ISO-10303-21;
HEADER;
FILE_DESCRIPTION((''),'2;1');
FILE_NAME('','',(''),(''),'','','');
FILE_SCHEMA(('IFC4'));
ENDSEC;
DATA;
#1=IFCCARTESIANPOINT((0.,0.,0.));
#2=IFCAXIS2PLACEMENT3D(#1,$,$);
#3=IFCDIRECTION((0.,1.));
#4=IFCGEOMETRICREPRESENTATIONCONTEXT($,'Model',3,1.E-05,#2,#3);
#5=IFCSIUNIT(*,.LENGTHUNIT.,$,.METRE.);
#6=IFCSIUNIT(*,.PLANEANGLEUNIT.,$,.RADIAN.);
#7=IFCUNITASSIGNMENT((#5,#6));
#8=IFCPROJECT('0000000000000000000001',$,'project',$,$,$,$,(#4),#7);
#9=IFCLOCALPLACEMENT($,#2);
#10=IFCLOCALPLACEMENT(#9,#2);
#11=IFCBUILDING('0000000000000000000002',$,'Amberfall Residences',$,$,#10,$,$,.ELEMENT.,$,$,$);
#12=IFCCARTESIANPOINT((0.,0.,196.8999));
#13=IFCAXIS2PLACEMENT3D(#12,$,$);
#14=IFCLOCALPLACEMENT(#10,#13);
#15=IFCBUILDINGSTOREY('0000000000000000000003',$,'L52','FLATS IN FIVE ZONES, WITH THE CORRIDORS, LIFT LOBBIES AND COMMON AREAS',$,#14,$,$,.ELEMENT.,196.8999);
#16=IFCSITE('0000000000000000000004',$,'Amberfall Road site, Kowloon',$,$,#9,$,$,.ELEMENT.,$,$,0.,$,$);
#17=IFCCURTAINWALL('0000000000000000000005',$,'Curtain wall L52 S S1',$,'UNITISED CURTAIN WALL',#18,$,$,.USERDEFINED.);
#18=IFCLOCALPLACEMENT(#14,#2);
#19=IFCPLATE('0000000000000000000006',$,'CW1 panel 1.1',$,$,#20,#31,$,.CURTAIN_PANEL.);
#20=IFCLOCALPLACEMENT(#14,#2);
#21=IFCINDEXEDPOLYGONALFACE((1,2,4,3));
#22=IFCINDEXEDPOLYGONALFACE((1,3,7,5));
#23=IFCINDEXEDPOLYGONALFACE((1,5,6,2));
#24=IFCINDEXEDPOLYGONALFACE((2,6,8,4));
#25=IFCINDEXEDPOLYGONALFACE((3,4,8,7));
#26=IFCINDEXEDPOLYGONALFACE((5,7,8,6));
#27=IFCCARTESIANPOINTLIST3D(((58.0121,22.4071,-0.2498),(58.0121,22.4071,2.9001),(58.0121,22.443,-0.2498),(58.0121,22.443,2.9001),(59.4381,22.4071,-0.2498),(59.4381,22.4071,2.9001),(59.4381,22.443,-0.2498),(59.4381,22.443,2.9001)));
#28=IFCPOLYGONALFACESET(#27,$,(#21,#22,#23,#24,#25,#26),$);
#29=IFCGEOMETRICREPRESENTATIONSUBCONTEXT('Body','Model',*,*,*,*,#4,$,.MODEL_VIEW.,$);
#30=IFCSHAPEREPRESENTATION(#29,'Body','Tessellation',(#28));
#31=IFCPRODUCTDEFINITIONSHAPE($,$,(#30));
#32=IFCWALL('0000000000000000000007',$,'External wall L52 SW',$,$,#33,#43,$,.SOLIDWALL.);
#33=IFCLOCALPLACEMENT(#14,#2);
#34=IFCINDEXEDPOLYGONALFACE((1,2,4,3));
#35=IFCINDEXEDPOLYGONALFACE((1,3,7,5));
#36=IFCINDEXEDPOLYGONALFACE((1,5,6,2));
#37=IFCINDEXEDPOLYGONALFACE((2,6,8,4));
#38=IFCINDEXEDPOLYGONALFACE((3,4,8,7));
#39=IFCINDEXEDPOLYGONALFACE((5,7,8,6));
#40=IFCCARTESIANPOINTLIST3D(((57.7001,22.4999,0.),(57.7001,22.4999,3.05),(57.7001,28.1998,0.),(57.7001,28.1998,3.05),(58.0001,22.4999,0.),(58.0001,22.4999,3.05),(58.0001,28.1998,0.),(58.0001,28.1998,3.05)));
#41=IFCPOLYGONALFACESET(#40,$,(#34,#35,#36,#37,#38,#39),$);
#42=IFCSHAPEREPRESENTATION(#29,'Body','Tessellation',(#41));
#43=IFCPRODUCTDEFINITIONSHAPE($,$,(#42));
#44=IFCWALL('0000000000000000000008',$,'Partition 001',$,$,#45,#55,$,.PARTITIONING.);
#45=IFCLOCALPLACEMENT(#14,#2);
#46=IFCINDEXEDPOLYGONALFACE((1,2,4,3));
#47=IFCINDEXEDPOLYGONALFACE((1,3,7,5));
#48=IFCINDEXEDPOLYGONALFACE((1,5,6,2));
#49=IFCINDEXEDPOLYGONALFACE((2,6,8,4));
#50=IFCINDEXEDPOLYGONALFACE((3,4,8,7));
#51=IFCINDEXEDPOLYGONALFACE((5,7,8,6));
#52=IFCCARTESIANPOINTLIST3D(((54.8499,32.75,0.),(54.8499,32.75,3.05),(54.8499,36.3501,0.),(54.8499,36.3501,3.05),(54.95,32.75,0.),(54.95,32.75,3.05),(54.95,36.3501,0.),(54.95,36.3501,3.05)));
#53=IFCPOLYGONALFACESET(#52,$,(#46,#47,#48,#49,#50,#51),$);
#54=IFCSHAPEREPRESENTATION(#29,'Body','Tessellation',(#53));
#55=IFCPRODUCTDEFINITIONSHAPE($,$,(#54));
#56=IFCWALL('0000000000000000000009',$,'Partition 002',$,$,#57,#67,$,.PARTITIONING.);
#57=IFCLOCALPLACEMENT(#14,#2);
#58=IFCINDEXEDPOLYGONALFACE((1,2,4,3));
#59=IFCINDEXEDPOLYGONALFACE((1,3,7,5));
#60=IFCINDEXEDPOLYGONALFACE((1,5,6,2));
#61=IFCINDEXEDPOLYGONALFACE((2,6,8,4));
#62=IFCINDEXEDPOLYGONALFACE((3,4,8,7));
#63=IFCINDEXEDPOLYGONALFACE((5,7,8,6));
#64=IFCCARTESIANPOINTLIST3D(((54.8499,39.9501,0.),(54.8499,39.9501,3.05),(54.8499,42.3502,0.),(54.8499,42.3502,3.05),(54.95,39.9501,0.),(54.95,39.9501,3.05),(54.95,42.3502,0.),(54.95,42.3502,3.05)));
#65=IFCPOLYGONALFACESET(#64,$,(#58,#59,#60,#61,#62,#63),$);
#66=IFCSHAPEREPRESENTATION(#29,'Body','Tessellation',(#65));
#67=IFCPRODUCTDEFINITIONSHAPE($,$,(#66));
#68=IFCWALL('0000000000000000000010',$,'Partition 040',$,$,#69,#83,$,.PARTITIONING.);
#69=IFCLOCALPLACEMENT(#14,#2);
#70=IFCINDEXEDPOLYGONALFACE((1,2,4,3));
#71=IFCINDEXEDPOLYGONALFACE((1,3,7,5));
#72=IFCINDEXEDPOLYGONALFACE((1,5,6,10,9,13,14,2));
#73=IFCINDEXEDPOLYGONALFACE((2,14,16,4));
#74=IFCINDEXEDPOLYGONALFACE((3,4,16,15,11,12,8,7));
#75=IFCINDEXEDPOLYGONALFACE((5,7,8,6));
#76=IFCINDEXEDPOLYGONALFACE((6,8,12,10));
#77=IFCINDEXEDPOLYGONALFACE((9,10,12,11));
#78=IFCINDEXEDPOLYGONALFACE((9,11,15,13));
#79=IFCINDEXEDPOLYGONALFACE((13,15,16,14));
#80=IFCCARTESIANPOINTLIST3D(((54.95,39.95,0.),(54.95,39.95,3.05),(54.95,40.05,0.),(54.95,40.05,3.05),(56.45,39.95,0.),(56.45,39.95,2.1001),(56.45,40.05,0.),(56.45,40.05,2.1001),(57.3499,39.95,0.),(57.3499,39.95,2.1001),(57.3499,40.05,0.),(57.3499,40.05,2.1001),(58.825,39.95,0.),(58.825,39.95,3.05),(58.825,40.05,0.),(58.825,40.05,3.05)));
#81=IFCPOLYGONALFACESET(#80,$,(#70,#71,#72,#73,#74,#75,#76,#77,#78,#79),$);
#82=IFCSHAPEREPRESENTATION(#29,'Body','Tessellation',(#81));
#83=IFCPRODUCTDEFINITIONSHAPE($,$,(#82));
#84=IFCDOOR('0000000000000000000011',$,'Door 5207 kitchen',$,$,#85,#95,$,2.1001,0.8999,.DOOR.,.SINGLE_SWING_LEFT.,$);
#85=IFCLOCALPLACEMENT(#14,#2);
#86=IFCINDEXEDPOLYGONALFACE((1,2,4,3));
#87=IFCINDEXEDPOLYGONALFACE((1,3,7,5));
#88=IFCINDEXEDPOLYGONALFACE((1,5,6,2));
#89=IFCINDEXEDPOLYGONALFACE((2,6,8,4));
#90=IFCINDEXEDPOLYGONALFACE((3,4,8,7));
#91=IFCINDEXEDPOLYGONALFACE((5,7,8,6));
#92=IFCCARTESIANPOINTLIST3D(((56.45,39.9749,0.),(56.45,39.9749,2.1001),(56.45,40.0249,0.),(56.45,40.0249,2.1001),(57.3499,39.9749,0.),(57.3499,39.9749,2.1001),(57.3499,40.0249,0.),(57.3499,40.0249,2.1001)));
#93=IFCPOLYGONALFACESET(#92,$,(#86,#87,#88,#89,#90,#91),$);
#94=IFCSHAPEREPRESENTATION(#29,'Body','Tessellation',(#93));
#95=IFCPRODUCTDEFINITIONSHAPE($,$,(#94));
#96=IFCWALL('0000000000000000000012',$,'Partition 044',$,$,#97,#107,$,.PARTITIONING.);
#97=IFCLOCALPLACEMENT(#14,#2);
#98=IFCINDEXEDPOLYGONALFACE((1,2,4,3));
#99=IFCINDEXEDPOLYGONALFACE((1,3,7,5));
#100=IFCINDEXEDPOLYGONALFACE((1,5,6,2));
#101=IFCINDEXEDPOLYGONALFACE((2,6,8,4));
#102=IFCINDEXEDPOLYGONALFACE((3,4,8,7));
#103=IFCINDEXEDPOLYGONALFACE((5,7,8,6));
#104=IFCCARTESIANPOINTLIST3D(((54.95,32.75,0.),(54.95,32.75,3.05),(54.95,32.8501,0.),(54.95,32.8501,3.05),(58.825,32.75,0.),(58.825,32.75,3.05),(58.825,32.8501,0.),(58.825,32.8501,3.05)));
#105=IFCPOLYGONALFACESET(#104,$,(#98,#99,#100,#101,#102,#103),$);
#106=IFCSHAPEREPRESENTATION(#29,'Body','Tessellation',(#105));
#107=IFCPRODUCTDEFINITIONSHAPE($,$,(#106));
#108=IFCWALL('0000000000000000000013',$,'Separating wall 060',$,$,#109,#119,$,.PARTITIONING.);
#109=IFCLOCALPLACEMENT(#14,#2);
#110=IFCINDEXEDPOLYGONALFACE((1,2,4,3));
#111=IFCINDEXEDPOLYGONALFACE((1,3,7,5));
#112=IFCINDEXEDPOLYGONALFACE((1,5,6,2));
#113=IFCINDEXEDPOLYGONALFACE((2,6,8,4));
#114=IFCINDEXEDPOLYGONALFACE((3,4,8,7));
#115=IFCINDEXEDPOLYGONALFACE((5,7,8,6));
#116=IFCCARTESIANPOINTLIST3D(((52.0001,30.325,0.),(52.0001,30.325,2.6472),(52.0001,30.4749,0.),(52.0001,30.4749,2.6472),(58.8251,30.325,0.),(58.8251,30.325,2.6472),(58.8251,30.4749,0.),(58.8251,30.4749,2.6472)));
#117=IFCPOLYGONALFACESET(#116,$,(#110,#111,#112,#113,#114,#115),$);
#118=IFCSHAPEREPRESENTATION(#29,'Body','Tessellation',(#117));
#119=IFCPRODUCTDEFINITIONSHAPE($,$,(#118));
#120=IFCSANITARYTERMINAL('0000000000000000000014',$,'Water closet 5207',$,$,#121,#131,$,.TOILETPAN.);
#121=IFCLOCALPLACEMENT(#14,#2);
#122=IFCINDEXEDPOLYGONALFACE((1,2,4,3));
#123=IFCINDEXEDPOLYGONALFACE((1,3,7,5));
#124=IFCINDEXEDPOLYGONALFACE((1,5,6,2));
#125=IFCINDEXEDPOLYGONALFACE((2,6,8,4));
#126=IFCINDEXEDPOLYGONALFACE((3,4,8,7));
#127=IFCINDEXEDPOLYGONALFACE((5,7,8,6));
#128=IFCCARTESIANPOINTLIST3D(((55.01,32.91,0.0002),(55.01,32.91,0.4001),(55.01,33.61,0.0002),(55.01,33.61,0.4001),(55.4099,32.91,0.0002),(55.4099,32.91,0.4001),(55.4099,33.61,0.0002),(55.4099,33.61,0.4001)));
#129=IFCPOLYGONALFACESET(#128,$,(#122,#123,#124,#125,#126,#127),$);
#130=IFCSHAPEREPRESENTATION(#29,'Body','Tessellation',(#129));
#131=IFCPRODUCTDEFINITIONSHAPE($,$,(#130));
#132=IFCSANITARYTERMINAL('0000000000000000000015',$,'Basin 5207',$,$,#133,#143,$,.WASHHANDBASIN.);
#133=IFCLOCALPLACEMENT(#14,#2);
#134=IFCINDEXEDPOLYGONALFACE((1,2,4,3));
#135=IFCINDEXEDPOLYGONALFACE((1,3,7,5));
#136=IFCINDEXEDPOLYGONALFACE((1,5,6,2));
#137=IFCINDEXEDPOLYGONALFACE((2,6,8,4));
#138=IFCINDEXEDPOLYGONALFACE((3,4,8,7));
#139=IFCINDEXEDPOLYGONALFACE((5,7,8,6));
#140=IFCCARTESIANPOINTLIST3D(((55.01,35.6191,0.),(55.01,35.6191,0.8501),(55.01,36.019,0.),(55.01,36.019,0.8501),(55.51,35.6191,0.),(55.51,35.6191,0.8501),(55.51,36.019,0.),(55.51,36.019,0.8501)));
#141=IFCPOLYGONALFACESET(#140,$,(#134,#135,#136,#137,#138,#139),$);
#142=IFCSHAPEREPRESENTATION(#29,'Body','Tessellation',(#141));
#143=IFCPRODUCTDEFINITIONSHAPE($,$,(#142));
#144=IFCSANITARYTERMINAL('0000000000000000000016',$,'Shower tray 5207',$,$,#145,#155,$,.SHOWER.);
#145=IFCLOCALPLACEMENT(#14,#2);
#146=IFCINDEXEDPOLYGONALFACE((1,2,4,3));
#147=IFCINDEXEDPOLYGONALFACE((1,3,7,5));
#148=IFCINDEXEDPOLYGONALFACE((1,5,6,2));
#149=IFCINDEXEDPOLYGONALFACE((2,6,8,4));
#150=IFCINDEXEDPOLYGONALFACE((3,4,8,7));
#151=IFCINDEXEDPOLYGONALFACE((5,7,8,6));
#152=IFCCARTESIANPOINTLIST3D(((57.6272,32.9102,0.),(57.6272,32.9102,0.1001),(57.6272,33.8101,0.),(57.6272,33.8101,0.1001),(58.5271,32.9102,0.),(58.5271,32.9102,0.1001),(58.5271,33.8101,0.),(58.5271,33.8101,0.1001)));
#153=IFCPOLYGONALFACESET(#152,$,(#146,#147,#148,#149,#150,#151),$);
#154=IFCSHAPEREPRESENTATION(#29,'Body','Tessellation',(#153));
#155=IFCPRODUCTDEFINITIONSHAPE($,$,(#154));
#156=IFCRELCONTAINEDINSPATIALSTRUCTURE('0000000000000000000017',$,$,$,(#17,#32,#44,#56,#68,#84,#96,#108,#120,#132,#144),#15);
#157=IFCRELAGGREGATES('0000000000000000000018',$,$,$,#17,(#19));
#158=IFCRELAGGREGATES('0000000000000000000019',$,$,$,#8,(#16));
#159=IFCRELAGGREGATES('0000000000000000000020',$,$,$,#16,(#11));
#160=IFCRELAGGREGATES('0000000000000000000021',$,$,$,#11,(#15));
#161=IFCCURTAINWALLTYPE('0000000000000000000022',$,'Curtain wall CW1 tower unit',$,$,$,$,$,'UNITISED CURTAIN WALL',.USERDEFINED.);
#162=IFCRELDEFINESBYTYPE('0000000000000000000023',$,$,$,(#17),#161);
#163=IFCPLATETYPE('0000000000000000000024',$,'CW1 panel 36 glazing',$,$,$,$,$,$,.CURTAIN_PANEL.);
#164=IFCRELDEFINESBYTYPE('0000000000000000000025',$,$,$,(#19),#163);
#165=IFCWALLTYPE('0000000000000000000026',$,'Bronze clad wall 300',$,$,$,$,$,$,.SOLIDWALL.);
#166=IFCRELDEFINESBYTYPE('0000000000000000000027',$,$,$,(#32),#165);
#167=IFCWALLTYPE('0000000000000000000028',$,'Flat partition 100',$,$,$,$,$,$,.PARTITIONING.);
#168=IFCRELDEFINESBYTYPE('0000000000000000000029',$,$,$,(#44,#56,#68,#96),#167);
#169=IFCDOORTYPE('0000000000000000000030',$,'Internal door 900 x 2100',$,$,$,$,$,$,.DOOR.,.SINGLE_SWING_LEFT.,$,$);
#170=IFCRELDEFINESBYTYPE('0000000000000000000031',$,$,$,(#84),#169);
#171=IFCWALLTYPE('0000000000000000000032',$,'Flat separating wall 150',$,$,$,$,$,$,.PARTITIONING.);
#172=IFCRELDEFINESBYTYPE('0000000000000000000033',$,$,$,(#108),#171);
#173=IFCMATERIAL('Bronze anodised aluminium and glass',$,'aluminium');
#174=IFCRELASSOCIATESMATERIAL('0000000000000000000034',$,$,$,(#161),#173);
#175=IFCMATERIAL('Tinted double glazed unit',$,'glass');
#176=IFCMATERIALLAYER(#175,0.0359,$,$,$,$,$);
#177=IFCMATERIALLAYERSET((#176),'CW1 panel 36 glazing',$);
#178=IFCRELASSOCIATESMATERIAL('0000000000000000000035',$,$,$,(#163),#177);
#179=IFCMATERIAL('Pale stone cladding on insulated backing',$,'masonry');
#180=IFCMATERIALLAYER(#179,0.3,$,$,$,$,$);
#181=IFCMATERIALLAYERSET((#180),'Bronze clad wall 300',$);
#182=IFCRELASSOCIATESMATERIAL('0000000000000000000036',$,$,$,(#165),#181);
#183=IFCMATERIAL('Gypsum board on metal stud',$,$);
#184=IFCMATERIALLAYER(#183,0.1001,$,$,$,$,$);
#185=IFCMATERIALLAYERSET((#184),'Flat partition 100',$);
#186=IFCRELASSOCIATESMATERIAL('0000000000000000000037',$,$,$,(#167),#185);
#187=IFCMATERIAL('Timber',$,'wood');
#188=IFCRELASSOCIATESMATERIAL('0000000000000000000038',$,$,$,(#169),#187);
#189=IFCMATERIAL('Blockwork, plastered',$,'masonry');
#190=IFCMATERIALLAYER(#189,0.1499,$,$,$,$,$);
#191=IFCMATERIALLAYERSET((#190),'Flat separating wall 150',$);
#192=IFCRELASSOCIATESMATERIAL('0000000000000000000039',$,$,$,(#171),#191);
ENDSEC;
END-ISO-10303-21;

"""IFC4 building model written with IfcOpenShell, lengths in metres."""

from ifc_helpers import new_model, si_unit, direction, frame, frame_2d, origin, origin_2d, place, context, subcontext, project, spatial, rectangle, extrude, material, layer, layer_set, type_object, element, fill, aggregate, save


model = new_model("IFC4")

# Units and contexts
model_context = context("Model", 3, precision=1e-05, world=origin(), true_north=direction((0.0, 1.0)))
body_context = subcontext(model_context, "Body", "Model", "MODEL_VIEW")
ifc_project = project(units=[si_unit("LENGTHUNIT", "METRE"), si_unit("PLANEANGLEUNIT", "RADIAN")], contexts=[model_context])

# Site, building, storey
site_placement = place(None, origin())
site = spatial("IfcSite", under=ifc_project, at=site_placement, Name="Amberfall Road site, Kowloon", CompositionType="ELEMENT", RefElevation=0.0)
building_placement = place(site_placement, origin())
building = spatial("IfcBuilding", under=site, at=building_placement, Name="Amberfall Residences", CompositionType="ELEMENT")
storey_placement = place(building_placement, frame((0.0, 0.0, 196.8999)))
storey = spatial("IfcBuildingStorey", under=building, at=storey_placement, Name="L52", Description="FLATS IN FIVE ZONES, WITH THE CORRIDORS, LIFT LOBBIES AND COMMON AREAS", CompositionType="ELEMENT", Elevation=196.8999)

# Curtain wall
ifc_material_1 = material(Name="Bronze anodised aluminium and glass", Category="aluminium")
curtain_wall_type = type_object("IfcCurtainWallType", Name="Curtain wall CW1 tower unit", ElementType="UNITISED CURTAIN WALL", PredefinedType="USERDEFINED", material=ifc_material_1)
curtain_wall_placement = place(storey_placement, origin())
curtain_wall = element("IfcCurtainWall", 1, at=curtain_wall_placement, inside=storey, type_object=curtain_wall_type, Name="Curtain wall L52 S S1", ObjectType="UNITISED CURTAIN WALL", PredefinedType="USERDEFINED")

# Plate
ifc_material_2 = material(Name="Tinted double glazed unit", Category="glass")
ifc_layer_1 = layer(ifc_material_2, 0.0359)
ifc_layer_set_1 = layer_set([ifc_layer_1], Name="CW1 panel 36 glazing")
plate_type = type_object("IfcPlateType", Name="CW1 panel 36 glazing", PredefinedType="CURTAIN_PANEL", material=ifc_layer_set_1)
plate_placement = place(storey_placement, frame((58.7251, 22.425, -0.2498), z_axis=(0.0, 0.0, 1.0), x_axis=(1.0, 0.0, 0.0)))
plate = element("IfcPlate", 2, at=plate_placement, type_object=plate_type, Name="CW1 panel 1.1", PredefinedType="CURTAIN_PANEL", context=body_context, shape_type="SweptSolid", body=[
    extrude(rectangle(XDim=1.426, YDim=0.0359, at=origin_2d()), origin(), (0.0, 0.0, 1.0), 3.1499),
])
aggregate(curtain_wall, [plate])

# Walls
ifc_material_3 = material(Name="Pale stone cladding on insulated backing", Category="masonry")
ifc_layer_2 = layer(ifc_material_3, 0.3)
ifc_layer_set_2 = layer_set([ifc_layer_2], Name="Bronze clad wall 300")
wall_type_1 = type_object("IfcWallType", Name="Bronze clad wall 300", PredefinedType="SOLIDWALL", material=ifc_layer_set_2)
wall_1_placement = place(storey_placement, frame((57.8501, 28.2, 0.0), z_axis=(0.0, 0.0, 1.0), x_axis=(0.0, -1.0, 0.0)))
element("IfcWall", 3, at=wall_1_placement, inside=storey, type_object=wall_type_1, Name="External wall L52 SW", PredefinedType="SOLIDWALL", context=body_context, shape_type="SweptSolid", body=[
    extrude(rectangle(XDim=5.7, YDim=0.3, at=frame_2d((2.8501, 0.0))), origin(), (0.0, 0.0, 1.0), 3.05),
])
ifc_material_4 = material(Name="Gypsum board on metal stud")
ifc_layer_3 = layer(ifc_material_4, 0.1001)
ifc_layer_set_3 = layer_set([ifc_layer_3], Name="Flat partition 100")
wall_type_2 = type_object("IfcWallType", Name="Flat partition 100", PredefinedType="PARTITIONING", material=ifc_layer_set_3)
wall_2_placement = place(storey_placement, frame((54.8999, 32.75, 0.0), z_axis=(0.0, 0.0, 1.0), x_axis=(0.0, 1.0, 0.0)))
element("IfcWall", 4, at=wall_2_placement, inside=storey, type_object=wall_type_2, Name="Partition 001", PredefinedType="PARTITIONING", context=body_context, shape_type="SweptSolid", body=[
    extrude(rectangle(XDim=3.6001, YDim=0.1001, at=frame_2d((1.8, 0.0))), origin(), (0.0, 0.0, 1.0), 3.05),
])
wall_3_placement = place(storey_placement, frame((54.8999, 39.95, 0.0), z_axis=(0.0, 0.0, 1.0), x_axis=(0.0, 1.0, 0.0)))
element("IfcWall", 5, at=wall_3_placement, inside=storey, type_object=wall_type_2, Name="Partition 002", PredefinedType="PARTITIONING", context=body_context, shape_type="SweptSolid", body=[
    extrude(rectangle(XDim=2.4001, YDim=0.1001, at=frame_2d((1.2002, 0.0))), origin(), (0.0, 0.0, 1.0), 3.05),
])

# Wall, opening, door
wall_4_placement = place(storey_placement, frame((54.95, 40.0, 0.0), z_axis=(0.0, 0.0, 1.0), x_axis=(1.0, 0.0, 0.0)))
wall_4 = element("IfcWall", 6, at=wall_4_placement, inside=storey, type_object=wall_type_2, Name="Partition 040", PredefinedType="PARTITIONING", context=body_context, shape_type="SweptSolid", body=[
    extrude(rectangle(XDim=3.875, YDim=0.1001, at=frame_2d((1.9375, 0.0))), origin(), (0.0, 0.0, 1.0), 3.05),
])
opening_placement = place(wall_4_placement, frame((1.5, 0.0, 0.0)))
opening = element("IfcOpeningElement", 7, at=opening_placement, cuts=wall_4, PredefinedType="OPENING", context=body_context, shape_type="SweptSolid", body=[
    extrude(rectangle(XDim=0.8999, YDim=2.1001, at=frame_2d((0.45, 1.05))), frame((0.0, 0.0601, 0.0), z_axis=(0.0, -1.0, 0.0), x_axis=(1.0, 0.0, 0.0)), (0.0, 0.0, 1.0), 0.1201),
])
ifc_material_5 = material(Name="Timber", Category="wood")
door_type = type_object("IfcDoorType", Name="Internal door 900 x 2100", OperationType="SINGLE_SWING_LEFT", PredefinedType="DOOR", material=ifc_material_5)
door_placement = place(opening_placement, origin())
door = element("IfcDoor", 8, at=door_placement, inside=storey, type_object=door_type, Name="Door 5207 kitchen", OperationType="SINGLE_SWING_LEFT", OverallHeight=2.1001, OverallWidth=0.8999, PredefinedType="DOOR", context=body_context, shape_type="SweptSolid", body=[
    extrude(rectangle(XDim=0.8999, YDim=2.1001, at=frame_2d((0.45, 1.05))), frame((0.0, 0.0249, 0.0), z_axis=(0.0, -1.0, 0.0), x_axis=(1.0, 0.0, 0.0)), (0.0, 0.0, 1.0), 0.05),
])
fill(opening, door)

# Walls
wall_5_placement = place(storey_placement, frame((54.95, 32.8, 0.0), z_axis=(0.0, 0.0, 1.0), x_axis=(1.0, 0.0, 0.0)))
element("IfcWall", 9, at=wall_5_placement, inside=storey, type_object=wall_type_2, Name="Partition 044", PredefinedType="PARTITIONING", context=body_context, shape_type="SweptSolid", body=[
    extrude(rectangle(XDim=3.875, YDim=0.1001, at=frame_2d((1.9375, 0.0))), origin(), (0.0, 0.0, 1.0), 3.05),
])
ifc_material_6 = material(Name="Blockwork, plastered", Category="masonry")
ifc_layer_4 = layer(ifc_material_6, 0.1499)
ifc_layer_set_4 = layer_set([ifc_layer_4], Name="Flat separating wall 150")
wall_type_3 = type_object("IfcWallType", Name="Flat separating wall 150", PredefinedType="PARTITIONING", material=ifc_layer_set_4)
wall_6_placement = place(storey_placement, frame((52.0, 30.3999, 0.0), z_axis=(0.0, 0.0, 1.0), x_axis=(1.0, 0.0, 0.0)))
element("IfcWall", 10, at=wall_6_placement, inside=storey, type_object=wall_type_3, Name="Separating wall 060", PredefinedType="PARTITIONING", context=body_context, shape_type="SweptSolid", body=[
    extrude(rectangle(XDim=6.825, YDim=0.1499, at=frame_2d((3.4126, 0.0))), origin(), (0.0, 0.0, 1.0), 2.6472),
])

# Sanitary terminals
sanitary_terminal_1_placement = place(storey_placement, frame((55.21, 33.26, 0.0002), z_axis=(0.0, 0.0, 1.0), x_axis=(1.0, 0.0, 0.0)))
element("IfcSanitaryTerminal", 11, at=sanitary_terminal_1_placement, inside=storey, Name="Water closet 5207", PredefinedType="TOILETPAN", context=body_context, shape_type="SweptSolid", body=[
    extrude(rectangle(XDim=0.3999, YDim=0.7, at=origin_2d()), origin(), (0.0, 0.0, 1.0), 0.3999),
])
sanitary_terminal_2_placement = place(storey_placement, frame((55.26, 35.8191, 0.0), z_axis=(0.0, 0.0, 1.0), x_axis=(1.0, 0.0, 0.0)))
element("IfcSanitaryTerminal", 12, at=sanitary_terminal_2_placement, inside=storey, Name="Basin 5207", PredefinedType="WASHHANDBASIN", context=body_context, shape_type="SweptSolid", body=[
    extrude(rectangle(XDim=0.5, YDim=0.3999, at=origin_2d()), origin(), (0.0, 0.0, 1.0), 0.8501),
])
sanitary_terminal_3_placement = place(storey_placement, frame((58.0771, 33.3601, 0.0), z_axis=(0.0, 0.0, 1.0), x_axis=(1.0, 0.0, 0.0)))
element("IfcSanitaryTerminal", 13, at=sanitary_terminal_3_placement, inside=storey, Name="Shower tray 5207", PredefinedType="SHOWER", context=body_context, shape_type="SweptSolid", body=[
    extrude(rectangle(XDim=0.8999, YDim=0.8999, at=origin_2d()), origin(), (0.0, 0.0, 1.0), 0.1001),
])

save(model, "model.ifc")
